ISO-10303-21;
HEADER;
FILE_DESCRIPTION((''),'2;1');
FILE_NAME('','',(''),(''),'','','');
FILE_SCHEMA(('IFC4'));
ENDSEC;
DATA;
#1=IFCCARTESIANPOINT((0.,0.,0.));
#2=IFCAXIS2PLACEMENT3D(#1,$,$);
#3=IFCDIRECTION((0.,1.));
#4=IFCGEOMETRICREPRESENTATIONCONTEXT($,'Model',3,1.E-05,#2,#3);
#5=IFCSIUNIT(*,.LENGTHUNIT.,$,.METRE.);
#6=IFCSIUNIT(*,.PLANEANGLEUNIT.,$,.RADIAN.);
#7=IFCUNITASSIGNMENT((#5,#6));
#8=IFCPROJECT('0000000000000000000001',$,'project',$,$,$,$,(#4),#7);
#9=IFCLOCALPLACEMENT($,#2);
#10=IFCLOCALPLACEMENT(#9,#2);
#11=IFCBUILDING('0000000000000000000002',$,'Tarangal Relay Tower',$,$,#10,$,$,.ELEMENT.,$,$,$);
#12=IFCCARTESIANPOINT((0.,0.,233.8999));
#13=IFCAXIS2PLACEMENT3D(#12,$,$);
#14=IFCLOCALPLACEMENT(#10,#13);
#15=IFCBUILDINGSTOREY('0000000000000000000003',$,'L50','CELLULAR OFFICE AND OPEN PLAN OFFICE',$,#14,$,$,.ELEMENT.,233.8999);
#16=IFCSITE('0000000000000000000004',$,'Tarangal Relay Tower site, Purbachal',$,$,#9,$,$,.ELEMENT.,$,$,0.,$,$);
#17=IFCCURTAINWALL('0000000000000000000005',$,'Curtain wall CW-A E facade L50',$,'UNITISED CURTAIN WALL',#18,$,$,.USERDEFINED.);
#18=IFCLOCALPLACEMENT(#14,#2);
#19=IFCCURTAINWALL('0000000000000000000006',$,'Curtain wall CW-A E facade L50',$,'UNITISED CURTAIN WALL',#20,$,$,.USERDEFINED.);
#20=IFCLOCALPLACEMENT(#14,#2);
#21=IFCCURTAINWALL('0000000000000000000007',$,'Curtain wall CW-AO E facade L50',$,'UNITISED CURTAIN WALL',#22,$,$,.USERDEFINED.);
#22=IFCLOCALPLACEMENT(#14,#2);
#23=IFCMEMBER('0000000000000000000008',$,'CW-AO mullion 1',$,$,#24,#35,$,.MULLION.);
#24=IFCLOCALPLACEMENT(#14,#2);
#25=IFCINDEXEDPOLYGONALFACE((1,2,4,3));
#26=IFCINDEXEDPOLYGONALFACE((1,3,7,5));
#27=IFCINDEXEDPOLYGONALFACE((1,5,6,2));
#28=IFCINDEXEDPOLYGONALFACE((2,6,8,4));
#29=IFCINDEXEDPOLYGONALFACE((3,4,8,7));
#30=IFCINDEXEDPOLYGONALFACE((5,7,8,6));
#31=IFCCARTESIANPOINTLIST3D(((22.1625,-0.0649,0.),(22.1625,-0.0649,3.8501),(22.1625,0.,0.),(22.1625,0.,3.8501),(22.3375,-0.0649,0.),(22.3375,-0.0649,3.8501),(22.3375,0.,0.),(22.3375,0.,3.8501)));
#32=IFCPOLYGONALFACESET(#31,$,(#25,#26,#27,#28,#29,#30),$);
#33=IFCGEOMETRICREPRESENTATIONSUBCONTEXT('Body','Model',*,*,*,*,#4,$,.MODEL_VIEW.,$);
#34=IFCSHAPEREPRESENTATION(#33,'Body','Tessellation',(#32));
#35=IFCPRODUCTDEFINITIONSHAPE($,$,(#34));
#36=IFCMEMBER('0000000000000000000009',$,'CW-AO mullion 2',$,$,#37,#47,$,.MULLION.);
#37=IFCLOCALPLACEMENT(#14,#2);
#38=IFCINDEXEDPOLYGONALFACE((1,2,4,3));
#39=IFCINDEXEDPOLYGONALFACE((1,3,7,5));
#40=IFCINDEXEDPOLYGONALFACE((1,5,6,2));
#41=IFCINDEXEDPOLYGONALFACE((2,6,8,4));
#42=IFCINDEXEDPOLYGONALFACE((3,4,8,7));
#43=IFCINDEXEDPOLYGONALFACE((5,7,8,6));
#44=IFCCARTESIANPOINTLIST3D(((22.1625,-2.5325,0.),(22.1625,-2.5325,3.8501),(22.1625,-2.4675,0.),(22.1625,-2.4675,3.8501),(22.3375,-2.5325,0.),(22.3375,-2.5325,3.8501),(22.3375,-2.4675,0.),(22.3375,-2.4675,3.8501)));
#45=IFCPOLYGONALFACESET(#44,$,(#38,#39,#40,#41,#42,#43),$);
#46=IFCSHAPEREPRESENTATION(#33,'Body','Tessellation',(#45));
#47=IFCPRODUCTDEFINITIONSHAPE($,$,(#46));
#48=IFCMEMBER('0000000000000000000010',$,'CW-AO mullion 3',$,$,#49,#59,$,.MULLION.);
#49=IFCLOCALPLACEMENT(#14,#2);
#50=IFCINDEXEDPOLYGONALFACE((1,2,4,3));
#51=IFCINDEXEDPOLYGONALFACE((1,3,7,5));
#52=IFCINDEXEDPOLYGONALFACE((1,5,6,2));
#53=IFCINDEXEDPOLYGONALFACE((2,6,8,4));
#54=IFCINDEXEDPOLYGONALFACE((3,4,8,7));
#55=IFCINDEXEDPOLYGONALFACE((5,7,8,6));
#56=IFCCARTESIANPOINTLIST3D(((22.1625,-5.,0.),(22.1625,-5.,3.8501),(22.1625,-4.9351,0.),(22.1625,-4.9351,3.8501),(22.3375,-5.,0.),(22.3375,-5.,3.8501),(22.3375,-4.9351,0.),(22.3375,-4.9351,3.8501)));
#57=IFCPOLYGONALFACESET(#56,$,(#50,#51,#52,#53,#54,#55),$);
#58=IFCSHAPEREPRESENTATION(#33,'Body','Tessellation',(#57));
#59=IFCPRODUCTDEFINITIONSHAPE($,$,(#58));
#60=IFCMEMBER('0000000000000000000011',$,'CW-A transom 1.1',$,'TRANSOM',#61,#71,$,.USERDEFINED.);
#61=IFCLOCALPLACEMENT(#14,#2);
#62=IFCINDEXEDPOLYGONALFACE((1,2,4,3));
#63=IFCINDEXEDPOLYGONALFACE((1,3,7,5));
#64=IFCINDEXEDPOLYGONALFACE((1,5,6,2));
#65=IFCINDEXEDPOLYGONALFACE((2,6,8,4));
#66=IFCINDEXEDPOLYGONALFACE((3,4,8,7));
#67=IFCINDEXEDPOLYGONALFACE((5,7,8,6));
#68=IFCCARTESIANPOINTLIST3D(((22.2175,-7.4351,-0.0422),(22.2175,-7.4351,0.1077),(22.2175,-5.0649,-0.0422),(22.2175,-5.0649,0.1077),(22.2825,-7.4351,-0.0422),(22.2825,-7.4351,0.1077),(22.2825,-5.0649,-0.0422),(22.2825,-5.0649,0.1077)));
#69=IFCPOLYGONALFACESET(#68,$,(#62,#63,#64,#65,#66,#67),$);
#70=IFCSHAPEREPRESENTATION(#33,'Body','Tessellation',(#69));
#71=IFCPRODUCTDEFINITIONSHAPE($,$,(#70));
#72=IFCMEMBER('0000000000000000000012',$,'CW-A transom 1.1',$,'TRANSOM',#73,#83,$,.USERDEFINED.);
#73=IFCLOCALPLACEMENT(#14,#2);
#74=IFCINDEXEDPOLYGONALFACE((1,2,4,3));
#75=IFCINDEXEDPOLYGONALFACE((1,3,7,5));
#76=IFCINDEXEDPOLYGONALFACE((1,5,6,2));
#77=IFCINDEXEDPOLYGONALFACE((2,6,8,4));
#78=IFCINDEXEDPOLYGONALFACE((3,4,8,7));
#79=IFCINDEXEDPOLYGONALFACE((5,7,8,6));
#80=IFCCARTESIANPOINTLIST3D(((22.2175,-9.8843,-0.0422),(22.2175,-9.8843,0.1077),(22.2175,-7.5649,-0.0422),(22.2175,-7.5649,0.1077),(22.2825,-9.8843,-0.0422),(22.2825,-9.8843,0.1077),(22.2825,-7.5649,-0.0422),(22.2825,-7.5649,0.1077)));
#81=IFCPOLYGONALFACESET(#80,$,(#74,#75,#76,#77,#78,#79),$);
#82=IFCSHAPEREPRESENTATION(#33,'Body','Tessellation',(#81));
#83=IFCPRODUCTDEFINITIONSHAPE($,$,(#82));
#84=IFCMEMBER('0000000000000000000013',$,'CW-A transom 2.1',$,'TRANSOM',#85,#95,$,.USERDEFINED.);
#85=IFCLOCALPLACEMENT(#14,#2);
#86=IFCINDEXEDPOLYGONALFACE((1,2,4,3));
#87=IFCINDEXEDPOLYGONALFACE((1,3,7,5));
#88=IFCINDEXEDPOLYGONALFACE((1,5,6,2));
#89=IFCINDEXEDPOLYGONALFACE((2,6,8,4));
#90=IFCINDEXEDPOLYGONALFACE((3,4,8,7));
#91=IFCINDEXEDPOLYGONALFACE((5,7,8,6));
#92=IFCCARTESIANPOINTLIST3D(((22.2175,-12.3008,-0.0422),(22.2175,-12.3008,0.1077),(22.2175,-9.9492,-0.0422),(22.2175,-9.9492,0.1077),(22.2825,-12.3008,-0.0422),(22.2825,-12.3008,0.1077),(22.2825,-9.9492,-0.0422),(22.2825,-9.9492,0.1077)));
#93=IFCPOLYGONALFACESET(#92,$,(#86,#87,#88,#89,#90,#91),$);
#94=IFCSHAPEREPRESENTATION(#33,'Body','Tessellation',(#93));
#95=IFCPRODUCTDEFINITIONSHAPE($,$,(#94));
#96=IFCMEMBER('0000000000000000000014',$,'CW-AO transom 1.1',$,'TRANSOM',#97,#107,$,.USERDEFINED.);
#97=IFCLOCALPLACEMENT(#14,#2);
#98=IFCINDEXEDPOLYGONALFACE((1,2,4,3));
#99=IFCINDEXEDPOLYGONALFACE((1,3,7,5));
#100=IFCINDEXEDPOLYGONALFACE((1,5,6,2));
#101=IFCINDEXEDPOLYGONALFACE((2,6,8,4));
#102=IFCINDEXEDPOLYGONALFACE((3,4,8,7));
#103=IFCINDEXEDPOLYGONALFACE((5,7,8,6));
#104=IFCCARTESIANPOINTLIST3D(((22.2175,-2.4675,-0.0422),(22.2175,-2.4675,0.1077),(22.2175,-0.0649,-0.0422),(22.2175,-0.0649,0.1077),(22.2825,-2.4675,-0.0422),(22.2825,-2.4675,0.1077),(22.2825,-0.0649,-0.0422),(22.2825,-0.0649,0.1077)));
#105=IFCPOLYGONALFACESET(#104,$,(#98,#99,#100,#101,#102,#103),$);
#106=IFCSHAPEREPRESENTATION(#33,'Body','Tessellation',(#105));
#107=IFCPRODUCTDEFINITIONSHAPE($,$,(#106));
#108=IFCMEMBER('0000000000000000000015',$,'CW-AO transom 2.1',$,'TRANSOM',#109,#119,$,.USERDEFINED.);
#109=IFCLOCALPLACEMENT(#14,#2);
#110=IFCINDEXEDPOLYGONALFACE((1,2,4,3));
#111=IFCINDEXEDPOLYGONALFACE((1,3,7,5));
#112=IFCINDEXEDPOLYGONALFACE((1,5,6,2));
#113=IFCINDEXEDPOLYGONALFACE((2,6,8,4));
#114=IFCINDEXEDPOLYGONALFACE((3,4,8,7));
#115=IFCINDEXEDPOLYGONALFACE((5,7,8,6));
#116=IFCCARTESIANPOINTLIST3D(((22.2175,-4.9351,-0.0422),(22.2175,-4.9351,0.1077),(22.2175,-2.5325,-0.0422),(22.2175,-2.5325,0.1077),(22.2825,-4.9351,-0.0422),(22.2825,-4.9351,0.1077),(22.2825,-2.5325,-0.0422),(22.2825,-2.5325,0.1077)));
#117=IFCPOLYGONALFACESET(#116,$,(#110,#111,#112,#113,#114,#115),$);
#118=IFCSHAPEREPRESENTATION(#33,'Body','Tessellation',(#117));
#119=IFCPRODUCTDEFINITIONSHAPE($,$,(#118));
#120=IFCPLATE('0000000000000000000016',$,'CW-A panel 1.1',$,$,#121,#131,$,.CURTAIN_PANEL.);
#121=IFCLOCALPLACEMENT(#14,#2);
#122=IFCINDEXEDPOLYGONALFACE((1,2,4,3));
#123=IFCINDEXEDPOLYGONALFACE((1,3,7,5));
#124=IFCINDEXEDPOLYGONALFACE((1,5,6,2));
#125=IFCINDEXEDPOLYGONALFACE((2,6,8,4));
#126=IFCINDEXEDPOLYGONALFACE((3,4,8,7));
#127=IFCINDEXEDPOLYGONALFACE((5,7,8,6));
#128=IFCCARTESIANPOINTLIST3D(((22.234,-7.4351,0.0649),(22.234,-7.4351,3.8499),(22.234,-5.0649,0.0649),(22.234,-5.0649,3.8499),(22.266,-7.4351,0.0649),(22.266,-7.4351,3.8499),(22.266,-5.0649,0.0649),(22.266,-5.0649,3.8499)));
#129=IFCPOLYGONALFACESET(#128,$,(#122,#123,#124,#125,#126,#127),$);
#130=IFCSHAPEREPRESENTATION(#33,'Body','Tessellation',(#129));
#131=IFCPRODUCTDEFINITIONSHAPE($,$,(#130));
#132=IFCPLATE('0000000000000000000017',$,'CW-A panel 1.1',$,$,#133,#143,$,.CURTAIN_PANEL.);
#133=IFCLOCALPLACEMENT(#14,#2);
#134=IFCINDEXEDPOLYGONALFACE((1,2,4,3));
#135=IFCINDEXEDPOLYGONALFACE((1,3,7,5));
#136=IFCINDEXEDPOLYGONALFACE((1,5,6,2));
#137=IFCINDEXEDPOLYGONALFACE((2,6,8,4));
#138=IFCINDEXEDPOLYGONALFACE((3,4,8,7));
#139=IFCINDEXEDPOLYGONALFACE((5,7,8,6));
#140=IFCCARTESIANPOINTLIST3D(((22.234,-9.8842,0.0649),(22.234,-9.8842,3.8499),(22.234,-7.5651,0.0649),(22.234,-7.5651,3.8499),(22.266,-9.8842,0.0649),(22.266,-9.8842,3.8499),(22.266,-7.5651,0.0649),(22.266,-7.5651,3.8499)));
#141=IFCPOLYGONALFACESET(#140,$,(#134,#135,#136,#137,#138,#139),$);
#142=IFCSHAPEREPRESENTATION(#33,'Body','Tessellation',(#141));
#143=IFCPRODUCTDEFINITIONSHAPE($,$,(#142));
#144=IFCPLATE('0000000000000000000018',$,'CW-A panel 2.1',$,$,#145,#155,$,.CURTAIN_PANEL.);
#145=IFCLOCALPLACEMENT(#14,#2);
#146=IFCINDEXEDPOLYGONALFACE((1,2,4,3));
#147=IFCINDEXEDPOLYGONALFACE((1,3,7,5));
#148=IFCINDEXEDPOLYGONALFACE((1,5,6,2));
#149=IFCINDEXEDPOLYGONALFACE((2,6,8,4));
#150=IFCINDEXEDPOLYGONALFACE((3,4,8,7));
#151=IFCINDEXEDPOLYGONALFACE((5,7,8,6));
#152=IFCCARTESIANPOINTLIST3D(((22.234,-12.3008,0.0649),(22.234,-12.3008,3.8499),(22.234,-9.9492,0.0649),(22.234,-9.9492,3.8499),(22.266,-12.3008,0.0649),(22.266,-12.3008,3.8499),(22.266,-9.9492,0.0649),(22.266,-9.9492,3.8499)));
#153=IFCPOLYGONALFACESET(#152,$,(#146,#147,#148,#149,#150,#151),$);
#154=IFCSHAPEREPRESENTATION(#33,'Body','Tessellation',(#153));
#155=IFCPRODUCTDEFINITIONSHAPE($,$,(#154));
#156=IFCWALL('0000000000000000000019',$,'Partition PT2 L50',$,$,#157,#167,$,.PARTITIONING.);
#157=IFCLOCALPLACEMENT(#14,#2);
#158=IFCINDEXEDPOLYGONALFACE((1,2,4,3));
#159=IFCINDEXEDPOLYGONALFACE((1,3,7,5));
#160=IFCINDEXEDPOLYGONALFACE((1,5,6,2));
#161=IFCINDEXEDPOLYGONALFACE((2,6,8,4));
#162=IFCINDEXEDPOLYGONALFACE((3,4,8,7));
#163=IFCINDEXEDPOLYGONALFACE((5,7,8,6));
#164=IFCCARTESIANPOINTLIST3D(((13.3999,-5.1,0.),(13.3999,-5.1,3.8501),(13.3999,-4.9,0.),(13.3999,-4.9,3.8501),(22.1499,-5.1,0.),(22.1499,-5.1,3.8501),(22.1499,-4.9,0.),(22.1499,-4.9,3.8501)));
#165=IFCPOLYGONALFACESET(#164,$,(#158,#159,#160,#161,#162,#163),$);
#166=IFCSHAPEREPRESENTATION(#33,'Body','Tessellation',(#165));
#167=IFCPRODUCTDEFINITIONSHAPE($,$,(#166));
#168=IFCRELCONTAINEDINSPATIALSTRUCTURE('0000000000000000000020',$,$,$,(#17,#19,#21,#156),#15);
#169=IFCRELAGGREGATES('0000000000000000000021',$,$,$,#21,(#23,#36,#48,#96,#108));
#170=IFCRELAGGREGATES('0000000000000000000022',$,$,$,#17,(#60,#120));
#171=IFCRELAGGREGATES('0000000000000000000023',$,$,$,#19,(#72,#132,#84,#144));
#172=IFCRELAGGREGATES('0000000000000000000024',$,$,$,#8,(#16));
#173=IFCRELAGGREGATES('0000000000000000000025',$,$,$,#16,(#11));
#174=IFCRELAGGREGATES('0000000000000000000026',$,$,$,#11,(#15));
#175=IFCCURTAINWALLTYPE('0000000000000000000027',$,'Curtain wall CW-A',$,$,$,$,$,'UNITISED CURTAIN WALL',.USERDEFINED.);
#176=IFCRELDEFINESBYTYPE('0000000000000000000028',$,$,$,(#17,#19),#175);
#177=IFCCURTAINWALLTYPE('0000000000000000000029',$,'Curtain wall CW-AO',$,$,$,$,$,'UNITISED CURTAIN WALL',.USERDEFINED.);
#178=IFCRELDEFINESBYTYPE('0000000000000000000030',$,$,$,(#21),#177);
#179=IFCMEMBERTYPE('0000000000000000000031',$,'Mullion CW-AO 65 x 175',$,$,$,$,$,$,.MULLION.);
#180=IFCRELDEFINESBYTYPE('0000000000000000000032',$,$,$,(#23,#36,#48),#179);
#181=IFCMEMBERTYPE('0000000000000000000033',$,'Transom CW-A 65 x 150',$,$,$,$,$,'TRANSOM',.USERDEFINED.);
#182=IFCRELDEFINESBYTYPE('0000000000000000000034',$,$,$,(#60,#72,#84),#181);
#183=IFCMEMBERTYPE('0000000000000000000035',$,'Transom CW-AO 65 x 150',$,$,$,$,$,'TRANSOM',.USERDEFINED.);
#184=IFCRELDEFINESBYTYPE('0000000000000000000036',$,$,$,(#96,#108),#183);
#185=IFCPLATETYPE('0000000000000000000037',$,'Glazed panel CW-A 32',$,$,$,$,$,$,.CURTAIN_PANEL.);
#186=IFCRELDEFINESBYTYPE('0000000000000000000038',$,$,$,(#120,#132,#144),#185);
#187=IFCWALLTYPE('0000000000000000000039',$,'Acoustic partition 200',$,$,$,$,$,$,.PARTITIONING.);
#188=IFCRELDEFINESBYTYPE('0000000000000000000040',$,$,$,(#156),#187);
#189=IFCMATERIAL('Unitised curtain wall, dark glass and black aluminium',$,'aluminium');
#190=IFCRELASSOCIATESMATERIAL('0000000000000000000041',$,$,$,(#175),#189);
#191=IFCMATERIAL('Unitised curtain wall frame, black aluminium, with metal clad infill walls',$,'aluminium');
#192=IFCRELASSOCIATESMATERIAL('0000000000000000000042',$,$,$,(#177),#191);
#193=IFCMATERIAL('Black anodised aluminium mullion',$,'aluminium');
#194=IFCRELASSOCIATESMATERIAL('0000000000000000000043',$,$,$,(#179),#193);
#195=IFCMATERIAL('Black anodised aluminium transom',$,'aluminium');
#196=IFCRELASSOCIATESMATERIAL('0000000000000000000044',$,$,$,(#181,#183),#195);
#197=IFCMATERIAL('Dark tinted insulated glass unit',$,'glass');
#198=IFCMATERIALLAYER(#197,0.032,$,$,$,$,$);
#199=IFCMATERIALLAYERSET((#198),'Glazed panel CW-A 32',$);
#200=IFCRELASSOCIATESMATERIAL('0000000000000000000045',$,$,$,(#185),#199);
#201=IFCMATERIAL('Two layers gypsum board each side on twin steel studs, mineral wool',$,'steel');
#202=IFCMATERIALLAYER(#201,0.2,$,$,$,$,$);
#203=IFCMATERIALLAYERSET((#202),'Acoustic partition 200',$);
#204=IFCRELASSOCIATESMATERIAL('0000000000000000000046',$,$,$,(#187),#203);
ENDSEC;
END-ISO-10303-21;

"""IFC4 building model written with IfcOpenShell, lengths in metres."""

from ifc_helpers import new_model, si_unit, direction, frame, frame_2d, origin, origin_2d, place, context, subcontext, project, spatial, rectangle, extrude, material, layer, layer_set, material_profile, profile_set, type_object, element, aggregate, save


model = new_model("IFC4")

# Units and contexts
model_context = context("Model", 3, precision=1e-05, world=origin(), true_north=direction((0.0, 1.0)))
body_context = subcontext(model_context, "Body", "Model", "MODEL_VIEW")
ifc_project = project(units=[si_unit("LENGTHUNIT", "METRE"), si_unit("PLANEANGLEUNIT", "RADIAN")], contexts=[model_context])

# Site, building, storey
site_placement = place(None, origin())
site = spatial("IfcSite", under=ifc_project, at=site_placement, Name="Tarangal Relay Tower site, Purbachal", CompositionType="ELEMENT", RefElevation=0.0)
building_placement = place(site_placement, origin())
building = spatial("IfcBuilding", under=site, at=building_placement, Name="Tarangal Relay Tower", CompositionType="ELEMENT")
storey_placement = place(building_placement, frame((0.0, 0.0, 233.8999)))
storey = spatial("IfcBuildingStorey", under=building, at=storey_placement, Name="L50", Description="CELLULAR OFFICE AND OPEN PLAN OFFICE", CompositionType="ELEMENT", Elevation=233.8999)

# Curtain walls, members
ifc_material_1 = material(Name="Unitised curtain wall, dark glass and black aluminium", Category="aluminium")
curtain_wall_type_1 = type_object("IfcCurtainWallType", Name="Curtain wall CW-A", ElementType="UNITISED CURTAIN WALL", PredefinedType="USERDEFINED", material=ifc_material_1)
curtain_wall_1_placement = place(storey_placement, origin())
curtain_wall_1 = element("IfcCurtainWall", 1, at=curtain_wall_1_placement, inside=storey, type_object=curtain_wall_type_1, Name="Curtain wall CW-A E facade L50", ObjectType="UNITISED CURTAIN WALL", PredefinedType="USERDEFINED")
ifc_material_2 = material(Name="Black anodised aluminium mullion", Category="aluminium")
curtain_wall_2_placement = place(storey_placement, origin())
curtain_wall_2 = element("IfcCurtainWall", 2, at=curtain_wall_2_placement, inside=storey, type_object=curtain_wall_type_1, Name="Curtain wall CW-A E facade L50", ObjectType="UNITISED CURTAIN WALL", PredefinedType="USERDEFINED")
ifc_material_3 = material(Name="Unitised curtain wall frame, black aluminium, with metal clad infill walls", Category="aluminium")
curtain_wall_type_2 = type_object("IfcCurtainWallType", Name="Curtain wall CW-AO", ElementType="UNITISED CURTAIN WALL", PredefinedType="USERDEFINED", material=ifc_material_3)
curtain_wall_3_placement = place(storey_placement, origin())
curtain_wall_3 = element("IfcCurtainWall", 3, at=curtain_wall_3_placement, inside=storey, type_object=curtain_wall_type_2, Name="Curtain wall CW-AO E facade L50", ObjectType="UNITISED CURTAIN WALL", PredefinedType="USERDEFINED")
ifc_material_profile_1 = material_profile(ifc_material_2, rectangle(XDim=0.175, YDim=0.0649, at=origin_2d()), Name="CW-AOM 65X175")
ifc_profile_set_1 = profile_set([ifc_material_profile_1], Name="Black anodised aluminium mullion")
member_type_1 = type_object("IfcMemberType", Name="Mullion CW-AO 65 x 175", PredefinedType="MULLION", material=ifc_profile_set_1)
member_1_placement = place(storey_placement, frame((22.25, -0.0325, 0.0), z_axis=(0.0, 0.0, 1.0), x_axis=(1.0, 0.0, 0.0)))
member_1 = element("IfcMember", 4, at=member_1_placement, type_object=member_type_1, Name="CW-AO mullion 1", PredefinedType="MULLION", context=body_context, shape_type="SweptSolid", body=[
    extrude(rectangle(XDim=0.175, YDim=0.0649, at=origin_2d()), origin(), (0.0, 0.0, 1.0), 3.8501),
])
member_2_placement = place(storey_placement, frame((22.25, -2.5, 0.0), z_axis=(0.0, 0.0, 1.0), x_axis=(1.0, 0.0, 0.0)))
member_2 = element("IfcMember", 5, at=member_2_placement, type_object=member_type_1, Name="CW-AO mullion 2", PredefinedType="MULLION", context=body_context, shape_type="SweptSolid", body=[
    extrude(rectangle(XDim=0.175, YDim=0.0649, at=origin_2d()), origin(), (0.0, 0.0, 1.0), 3.8501),
])
member_3_placement = place(storey_placement, frame((22.25, -4.9675, 0.0), z_axis=(0.0, 0.0, 1.0), x_axis=(1.0, 0.0, 0.0)))
member_3 = element("IfcMember", 6, at=member_3_placement, type_object=member_type_1, Name="CW-AO mullion 3", PredefinedType="MULLION", context=body_context, shape_type="SweptSolid", body=[
    extrude(rectangle(XDim=0.175, YDim=0.0649, at=origin_2d()), origin(), (0.0, 0.0, 1.0), 3.8501),
])

# Members
ifc_material_4 = material(Name="Black anodised aluminium transom", Category="aluminium")
ifc_material_profile_2 = material_profile(ifc_material_4, rectangle(XDim=0.0649, YDim=0.1499, at=origin_2d()), Name="CW-AT 65X150")
ifc_profile_set_2 = profile_set([ifc_material_profile_2], Name="Black anodised aluminium transom")
member_type_2 = type_object("IfcMemberType", Name="Transom CW-A 65 x 150", ElementType="TRANSOM", PredefinedType="USERDEFINED", material=ifc_profile_set_2)
member_4_placement = place(storey_placement, frame((22.25, -5.0649, 0.0327), z_axis=(0.0, -1.0, 0.0), x_axis=(1.0, 0.0, 0.0)))
member_4 = element("IfcMember", 7, at=member_4_placement, type_object=member_type_2, Name="CW-A transom 1.1", ObjectType="TRANSOM", PredefinedType="USERDEFINED", context=body_context, shape_type="SweptSolid", body=[
    extrude(rectangle(XDim=0.0649, YDim=0.1499, at=origin_2d()), origin(), (0.0, 0.0, 1.0), 2.3701),
])
member_5_placement = place(storey_placement, frame((22.25, -7.5649, 0.0327), z_axis=(0.0, -1.0, 0.0), x_axis=(1.0, 0.0, 0.0)))
member_5 = element("IfcMember", 8, at=member_5_placement, type_object=member_type_2, Name="CW-A transom 1.1", ObjectType="TRANSOM", PredefinedType="USERDEFINED", context=body_context, shape_type="SweptSolid", body=[
    extrude(rectangle(XDim=0.0649, YDim=0.1499, at=origin_2d()), origin(), (0.0, 0.0, 1.0), 2.3193),
])
member_6_placement = place(storey_placement, frame((22.25, -9.9492, 0.0327), z_axis=(0.0, -1.0, 0.0), x_axis=(1.0, 0.0, 0.0)))
member_6 = element("IfcMember", 9, at=member_6_placement, type_object=member_type_2, Name="CW-A transom 2.1", ObjectType="TRANSOM", PredefinedType="USERDEFINED", context=body_context, shape_type="SweptSolid", body=[
    extrude(rectangle(XDim=0.0649, YDim=0.1499, at=origin_2d()), origin(), (0.0, 0.0, 1.0), 2.3516),
])
ifc_material_profile_3 = material_profile(ifc_material_4, rectangle(XDim=0.0649, YDim=0.1499, at=origin_2d()), Name="CW-AOT 65X150")
ifc_profile_set_3 = profile_set([ifc_material_profile_3], Name="Black anodised aluminium transom")
member_type_3 = type_object("IfcMemberType", Name="Transom CW-AO 65 x 150", ElementType="TRANSOM", PredefinedType="USERDEFINED", material=ifc_profile_set_3)
member_7_placement = place(storey_placement, frame((22.25, -0.0649, 0.0327), z_axis=(0.0, -1.0, 0.0), x_axis=(1.0, 0.0, 0.0)))
member_7 = element("IfcMember", 10, at=member_7_placement, type_object=member_type_3, Name="CW-AO transom 1.1", ObjectType="TRANSOM", PredefinedType="USERDEFINED", context=body_context, shape_type="SweptSolid", body=[
    extrude(rectangle(XDim=0.0649, YDim=0.1499, at=origin_2d()), origin(), (0.0, 0.0, 1.0), 2.4026),
])
member_8_placement = place(storey_placement, frame((22.25, -2.5325, 0.0327), z_axis=(0.0, -1.0, 0.0), x_axis=(1.0, 0.0, 0.0)))
member_8 = element("IfcMember", 11, at=member_8_placement, type_object=member_type_3, Name="CW-AO transom 2.1", ObjectType="TRANSOM", PredefinedType="USERDEFINED", context=body_context, shape_type="SweptSolid", body=[
    extrude(rectangle(XDim=0.0649, YDim=0.1499, at=origin_2d()), origin(), (0.0, 0.0, 1.0), 2.4026),
])
aggregate(curtain_wall_3, [member_1, member_2, member_3, member_7, member_8])

# Plates
ifc_material_5 = material(Name="Dark tinted insulated glass unit", Category="glass")
ifc_layer_1 = layer(ifc_material_5, 0.032)
ifc_layer_set_1 = layer_set([ifc_layer_1], Name="Glazed panel CW-A 32")
plate_type = type_object("IfcPlateType", Name="Glazed panel CW-A 32", PredefinedType="CURTAIN_PANEL", material=ifc_layer_set_1)
plate_1_placement = place(storey_placement, frame((22.25, -6.25, 0.0649), z_axis=(0.0, 0.0, 1.0), x_axis=(0.0, -1.0, 0.0)))
plate_1 = element("IfcPlate", 12, at=plate_1_placement, type_object=plate_type, Name="CW-A panel 1.1", PredefinedType="CURTAIN_PANEL", context=body_context, shape_type="SweptSolid", body=[
    extrude(rectangle(XDim=2.3701, YDim=0.032, at=origin_2d()), origin(), (0.0, 0.0, 1.0), 3.7849),
])
aggregate(curtain_wall_1, [member_4, plate_1])
plate_2_placement = place(storey_placement, frame((22.25, -8.7246, 0.0649), z_axis=(0.0, 0.0, 1.0), x_axis=(0.0, -1.0, 0.0)))
plate_2 = element("IfcPlate", 13, at=plate_2_placement, type_object=plate_type, Name="CW-A panel 1.1", PredefinedType="CURTAIN_PANEL", context=body_context, shape_type="SweptSolid", body=[
    extrude(rectangle(XDim=2.3191, YDim=0.032, at=origin_2d()), origin(), (0.0, 0.0, 1.0), 3.7849),
])
plate_3_placement = place(storey_placement, frame((22.25, -11.125, 0.0649), z_axis=(0.0, 0.0, 1.0), x_axis=(0.0, -1.0, 0.0)))
plate_3 = element("IfcPlate", 14, at=plate_3_placement, type_object=plate_type, Name="CW-A panel 2.1", PredefinedType="CURTAIN_PANEL", context=body_context, shape_type="SweptSolid", body=[
    extrude(rectangle(XDim=2.3516, YDim=0.032, at=origin_2d()), origin(), (0.0, 0.0, 1.0), 3.7849),
])
aggregate(curtain_wall_2, [member_5, plate_2, member_6, plate_3])

# Wall
ifc_material_6 = material(Name="Two layers gypsum board each side on twin steel studs, mineral wool", Category="steel")
ifc_layer_2 = layer(ifc_material_6, 0.2)
ifc_layer_set_2 = layer_set([ifc_layer_2], Name="Acoustic partition 200")
wall_type_1 = type_object("IfcWallType", Name="Acoustic partition 200", PredefinedType="PARTITIONING", material=ifc_layer_set_2)
wall_1_placement = place(storey_placement, frame((13.3999, -5.0, 0.0), z_axis=(0.0, 0.0, 1.0), x_axis=(1.0, 0.0, 0.0)))
element("IfcWall", 15, at=wall_1_placement, inside=storey, type_object=wall_type_1, Name="Partition PT2 L50", PredefinedType="PARTITIONING", context=body_context, shape_type="SweptSolid", body=[
    extrude(rectangle(XDim=8.75, YDim=0.2, at=frame_2d((4.375, 0.0))), origin(), (0.0, 0.0, 1.0), 3.8501),
])

save(model, "model.ifc")
